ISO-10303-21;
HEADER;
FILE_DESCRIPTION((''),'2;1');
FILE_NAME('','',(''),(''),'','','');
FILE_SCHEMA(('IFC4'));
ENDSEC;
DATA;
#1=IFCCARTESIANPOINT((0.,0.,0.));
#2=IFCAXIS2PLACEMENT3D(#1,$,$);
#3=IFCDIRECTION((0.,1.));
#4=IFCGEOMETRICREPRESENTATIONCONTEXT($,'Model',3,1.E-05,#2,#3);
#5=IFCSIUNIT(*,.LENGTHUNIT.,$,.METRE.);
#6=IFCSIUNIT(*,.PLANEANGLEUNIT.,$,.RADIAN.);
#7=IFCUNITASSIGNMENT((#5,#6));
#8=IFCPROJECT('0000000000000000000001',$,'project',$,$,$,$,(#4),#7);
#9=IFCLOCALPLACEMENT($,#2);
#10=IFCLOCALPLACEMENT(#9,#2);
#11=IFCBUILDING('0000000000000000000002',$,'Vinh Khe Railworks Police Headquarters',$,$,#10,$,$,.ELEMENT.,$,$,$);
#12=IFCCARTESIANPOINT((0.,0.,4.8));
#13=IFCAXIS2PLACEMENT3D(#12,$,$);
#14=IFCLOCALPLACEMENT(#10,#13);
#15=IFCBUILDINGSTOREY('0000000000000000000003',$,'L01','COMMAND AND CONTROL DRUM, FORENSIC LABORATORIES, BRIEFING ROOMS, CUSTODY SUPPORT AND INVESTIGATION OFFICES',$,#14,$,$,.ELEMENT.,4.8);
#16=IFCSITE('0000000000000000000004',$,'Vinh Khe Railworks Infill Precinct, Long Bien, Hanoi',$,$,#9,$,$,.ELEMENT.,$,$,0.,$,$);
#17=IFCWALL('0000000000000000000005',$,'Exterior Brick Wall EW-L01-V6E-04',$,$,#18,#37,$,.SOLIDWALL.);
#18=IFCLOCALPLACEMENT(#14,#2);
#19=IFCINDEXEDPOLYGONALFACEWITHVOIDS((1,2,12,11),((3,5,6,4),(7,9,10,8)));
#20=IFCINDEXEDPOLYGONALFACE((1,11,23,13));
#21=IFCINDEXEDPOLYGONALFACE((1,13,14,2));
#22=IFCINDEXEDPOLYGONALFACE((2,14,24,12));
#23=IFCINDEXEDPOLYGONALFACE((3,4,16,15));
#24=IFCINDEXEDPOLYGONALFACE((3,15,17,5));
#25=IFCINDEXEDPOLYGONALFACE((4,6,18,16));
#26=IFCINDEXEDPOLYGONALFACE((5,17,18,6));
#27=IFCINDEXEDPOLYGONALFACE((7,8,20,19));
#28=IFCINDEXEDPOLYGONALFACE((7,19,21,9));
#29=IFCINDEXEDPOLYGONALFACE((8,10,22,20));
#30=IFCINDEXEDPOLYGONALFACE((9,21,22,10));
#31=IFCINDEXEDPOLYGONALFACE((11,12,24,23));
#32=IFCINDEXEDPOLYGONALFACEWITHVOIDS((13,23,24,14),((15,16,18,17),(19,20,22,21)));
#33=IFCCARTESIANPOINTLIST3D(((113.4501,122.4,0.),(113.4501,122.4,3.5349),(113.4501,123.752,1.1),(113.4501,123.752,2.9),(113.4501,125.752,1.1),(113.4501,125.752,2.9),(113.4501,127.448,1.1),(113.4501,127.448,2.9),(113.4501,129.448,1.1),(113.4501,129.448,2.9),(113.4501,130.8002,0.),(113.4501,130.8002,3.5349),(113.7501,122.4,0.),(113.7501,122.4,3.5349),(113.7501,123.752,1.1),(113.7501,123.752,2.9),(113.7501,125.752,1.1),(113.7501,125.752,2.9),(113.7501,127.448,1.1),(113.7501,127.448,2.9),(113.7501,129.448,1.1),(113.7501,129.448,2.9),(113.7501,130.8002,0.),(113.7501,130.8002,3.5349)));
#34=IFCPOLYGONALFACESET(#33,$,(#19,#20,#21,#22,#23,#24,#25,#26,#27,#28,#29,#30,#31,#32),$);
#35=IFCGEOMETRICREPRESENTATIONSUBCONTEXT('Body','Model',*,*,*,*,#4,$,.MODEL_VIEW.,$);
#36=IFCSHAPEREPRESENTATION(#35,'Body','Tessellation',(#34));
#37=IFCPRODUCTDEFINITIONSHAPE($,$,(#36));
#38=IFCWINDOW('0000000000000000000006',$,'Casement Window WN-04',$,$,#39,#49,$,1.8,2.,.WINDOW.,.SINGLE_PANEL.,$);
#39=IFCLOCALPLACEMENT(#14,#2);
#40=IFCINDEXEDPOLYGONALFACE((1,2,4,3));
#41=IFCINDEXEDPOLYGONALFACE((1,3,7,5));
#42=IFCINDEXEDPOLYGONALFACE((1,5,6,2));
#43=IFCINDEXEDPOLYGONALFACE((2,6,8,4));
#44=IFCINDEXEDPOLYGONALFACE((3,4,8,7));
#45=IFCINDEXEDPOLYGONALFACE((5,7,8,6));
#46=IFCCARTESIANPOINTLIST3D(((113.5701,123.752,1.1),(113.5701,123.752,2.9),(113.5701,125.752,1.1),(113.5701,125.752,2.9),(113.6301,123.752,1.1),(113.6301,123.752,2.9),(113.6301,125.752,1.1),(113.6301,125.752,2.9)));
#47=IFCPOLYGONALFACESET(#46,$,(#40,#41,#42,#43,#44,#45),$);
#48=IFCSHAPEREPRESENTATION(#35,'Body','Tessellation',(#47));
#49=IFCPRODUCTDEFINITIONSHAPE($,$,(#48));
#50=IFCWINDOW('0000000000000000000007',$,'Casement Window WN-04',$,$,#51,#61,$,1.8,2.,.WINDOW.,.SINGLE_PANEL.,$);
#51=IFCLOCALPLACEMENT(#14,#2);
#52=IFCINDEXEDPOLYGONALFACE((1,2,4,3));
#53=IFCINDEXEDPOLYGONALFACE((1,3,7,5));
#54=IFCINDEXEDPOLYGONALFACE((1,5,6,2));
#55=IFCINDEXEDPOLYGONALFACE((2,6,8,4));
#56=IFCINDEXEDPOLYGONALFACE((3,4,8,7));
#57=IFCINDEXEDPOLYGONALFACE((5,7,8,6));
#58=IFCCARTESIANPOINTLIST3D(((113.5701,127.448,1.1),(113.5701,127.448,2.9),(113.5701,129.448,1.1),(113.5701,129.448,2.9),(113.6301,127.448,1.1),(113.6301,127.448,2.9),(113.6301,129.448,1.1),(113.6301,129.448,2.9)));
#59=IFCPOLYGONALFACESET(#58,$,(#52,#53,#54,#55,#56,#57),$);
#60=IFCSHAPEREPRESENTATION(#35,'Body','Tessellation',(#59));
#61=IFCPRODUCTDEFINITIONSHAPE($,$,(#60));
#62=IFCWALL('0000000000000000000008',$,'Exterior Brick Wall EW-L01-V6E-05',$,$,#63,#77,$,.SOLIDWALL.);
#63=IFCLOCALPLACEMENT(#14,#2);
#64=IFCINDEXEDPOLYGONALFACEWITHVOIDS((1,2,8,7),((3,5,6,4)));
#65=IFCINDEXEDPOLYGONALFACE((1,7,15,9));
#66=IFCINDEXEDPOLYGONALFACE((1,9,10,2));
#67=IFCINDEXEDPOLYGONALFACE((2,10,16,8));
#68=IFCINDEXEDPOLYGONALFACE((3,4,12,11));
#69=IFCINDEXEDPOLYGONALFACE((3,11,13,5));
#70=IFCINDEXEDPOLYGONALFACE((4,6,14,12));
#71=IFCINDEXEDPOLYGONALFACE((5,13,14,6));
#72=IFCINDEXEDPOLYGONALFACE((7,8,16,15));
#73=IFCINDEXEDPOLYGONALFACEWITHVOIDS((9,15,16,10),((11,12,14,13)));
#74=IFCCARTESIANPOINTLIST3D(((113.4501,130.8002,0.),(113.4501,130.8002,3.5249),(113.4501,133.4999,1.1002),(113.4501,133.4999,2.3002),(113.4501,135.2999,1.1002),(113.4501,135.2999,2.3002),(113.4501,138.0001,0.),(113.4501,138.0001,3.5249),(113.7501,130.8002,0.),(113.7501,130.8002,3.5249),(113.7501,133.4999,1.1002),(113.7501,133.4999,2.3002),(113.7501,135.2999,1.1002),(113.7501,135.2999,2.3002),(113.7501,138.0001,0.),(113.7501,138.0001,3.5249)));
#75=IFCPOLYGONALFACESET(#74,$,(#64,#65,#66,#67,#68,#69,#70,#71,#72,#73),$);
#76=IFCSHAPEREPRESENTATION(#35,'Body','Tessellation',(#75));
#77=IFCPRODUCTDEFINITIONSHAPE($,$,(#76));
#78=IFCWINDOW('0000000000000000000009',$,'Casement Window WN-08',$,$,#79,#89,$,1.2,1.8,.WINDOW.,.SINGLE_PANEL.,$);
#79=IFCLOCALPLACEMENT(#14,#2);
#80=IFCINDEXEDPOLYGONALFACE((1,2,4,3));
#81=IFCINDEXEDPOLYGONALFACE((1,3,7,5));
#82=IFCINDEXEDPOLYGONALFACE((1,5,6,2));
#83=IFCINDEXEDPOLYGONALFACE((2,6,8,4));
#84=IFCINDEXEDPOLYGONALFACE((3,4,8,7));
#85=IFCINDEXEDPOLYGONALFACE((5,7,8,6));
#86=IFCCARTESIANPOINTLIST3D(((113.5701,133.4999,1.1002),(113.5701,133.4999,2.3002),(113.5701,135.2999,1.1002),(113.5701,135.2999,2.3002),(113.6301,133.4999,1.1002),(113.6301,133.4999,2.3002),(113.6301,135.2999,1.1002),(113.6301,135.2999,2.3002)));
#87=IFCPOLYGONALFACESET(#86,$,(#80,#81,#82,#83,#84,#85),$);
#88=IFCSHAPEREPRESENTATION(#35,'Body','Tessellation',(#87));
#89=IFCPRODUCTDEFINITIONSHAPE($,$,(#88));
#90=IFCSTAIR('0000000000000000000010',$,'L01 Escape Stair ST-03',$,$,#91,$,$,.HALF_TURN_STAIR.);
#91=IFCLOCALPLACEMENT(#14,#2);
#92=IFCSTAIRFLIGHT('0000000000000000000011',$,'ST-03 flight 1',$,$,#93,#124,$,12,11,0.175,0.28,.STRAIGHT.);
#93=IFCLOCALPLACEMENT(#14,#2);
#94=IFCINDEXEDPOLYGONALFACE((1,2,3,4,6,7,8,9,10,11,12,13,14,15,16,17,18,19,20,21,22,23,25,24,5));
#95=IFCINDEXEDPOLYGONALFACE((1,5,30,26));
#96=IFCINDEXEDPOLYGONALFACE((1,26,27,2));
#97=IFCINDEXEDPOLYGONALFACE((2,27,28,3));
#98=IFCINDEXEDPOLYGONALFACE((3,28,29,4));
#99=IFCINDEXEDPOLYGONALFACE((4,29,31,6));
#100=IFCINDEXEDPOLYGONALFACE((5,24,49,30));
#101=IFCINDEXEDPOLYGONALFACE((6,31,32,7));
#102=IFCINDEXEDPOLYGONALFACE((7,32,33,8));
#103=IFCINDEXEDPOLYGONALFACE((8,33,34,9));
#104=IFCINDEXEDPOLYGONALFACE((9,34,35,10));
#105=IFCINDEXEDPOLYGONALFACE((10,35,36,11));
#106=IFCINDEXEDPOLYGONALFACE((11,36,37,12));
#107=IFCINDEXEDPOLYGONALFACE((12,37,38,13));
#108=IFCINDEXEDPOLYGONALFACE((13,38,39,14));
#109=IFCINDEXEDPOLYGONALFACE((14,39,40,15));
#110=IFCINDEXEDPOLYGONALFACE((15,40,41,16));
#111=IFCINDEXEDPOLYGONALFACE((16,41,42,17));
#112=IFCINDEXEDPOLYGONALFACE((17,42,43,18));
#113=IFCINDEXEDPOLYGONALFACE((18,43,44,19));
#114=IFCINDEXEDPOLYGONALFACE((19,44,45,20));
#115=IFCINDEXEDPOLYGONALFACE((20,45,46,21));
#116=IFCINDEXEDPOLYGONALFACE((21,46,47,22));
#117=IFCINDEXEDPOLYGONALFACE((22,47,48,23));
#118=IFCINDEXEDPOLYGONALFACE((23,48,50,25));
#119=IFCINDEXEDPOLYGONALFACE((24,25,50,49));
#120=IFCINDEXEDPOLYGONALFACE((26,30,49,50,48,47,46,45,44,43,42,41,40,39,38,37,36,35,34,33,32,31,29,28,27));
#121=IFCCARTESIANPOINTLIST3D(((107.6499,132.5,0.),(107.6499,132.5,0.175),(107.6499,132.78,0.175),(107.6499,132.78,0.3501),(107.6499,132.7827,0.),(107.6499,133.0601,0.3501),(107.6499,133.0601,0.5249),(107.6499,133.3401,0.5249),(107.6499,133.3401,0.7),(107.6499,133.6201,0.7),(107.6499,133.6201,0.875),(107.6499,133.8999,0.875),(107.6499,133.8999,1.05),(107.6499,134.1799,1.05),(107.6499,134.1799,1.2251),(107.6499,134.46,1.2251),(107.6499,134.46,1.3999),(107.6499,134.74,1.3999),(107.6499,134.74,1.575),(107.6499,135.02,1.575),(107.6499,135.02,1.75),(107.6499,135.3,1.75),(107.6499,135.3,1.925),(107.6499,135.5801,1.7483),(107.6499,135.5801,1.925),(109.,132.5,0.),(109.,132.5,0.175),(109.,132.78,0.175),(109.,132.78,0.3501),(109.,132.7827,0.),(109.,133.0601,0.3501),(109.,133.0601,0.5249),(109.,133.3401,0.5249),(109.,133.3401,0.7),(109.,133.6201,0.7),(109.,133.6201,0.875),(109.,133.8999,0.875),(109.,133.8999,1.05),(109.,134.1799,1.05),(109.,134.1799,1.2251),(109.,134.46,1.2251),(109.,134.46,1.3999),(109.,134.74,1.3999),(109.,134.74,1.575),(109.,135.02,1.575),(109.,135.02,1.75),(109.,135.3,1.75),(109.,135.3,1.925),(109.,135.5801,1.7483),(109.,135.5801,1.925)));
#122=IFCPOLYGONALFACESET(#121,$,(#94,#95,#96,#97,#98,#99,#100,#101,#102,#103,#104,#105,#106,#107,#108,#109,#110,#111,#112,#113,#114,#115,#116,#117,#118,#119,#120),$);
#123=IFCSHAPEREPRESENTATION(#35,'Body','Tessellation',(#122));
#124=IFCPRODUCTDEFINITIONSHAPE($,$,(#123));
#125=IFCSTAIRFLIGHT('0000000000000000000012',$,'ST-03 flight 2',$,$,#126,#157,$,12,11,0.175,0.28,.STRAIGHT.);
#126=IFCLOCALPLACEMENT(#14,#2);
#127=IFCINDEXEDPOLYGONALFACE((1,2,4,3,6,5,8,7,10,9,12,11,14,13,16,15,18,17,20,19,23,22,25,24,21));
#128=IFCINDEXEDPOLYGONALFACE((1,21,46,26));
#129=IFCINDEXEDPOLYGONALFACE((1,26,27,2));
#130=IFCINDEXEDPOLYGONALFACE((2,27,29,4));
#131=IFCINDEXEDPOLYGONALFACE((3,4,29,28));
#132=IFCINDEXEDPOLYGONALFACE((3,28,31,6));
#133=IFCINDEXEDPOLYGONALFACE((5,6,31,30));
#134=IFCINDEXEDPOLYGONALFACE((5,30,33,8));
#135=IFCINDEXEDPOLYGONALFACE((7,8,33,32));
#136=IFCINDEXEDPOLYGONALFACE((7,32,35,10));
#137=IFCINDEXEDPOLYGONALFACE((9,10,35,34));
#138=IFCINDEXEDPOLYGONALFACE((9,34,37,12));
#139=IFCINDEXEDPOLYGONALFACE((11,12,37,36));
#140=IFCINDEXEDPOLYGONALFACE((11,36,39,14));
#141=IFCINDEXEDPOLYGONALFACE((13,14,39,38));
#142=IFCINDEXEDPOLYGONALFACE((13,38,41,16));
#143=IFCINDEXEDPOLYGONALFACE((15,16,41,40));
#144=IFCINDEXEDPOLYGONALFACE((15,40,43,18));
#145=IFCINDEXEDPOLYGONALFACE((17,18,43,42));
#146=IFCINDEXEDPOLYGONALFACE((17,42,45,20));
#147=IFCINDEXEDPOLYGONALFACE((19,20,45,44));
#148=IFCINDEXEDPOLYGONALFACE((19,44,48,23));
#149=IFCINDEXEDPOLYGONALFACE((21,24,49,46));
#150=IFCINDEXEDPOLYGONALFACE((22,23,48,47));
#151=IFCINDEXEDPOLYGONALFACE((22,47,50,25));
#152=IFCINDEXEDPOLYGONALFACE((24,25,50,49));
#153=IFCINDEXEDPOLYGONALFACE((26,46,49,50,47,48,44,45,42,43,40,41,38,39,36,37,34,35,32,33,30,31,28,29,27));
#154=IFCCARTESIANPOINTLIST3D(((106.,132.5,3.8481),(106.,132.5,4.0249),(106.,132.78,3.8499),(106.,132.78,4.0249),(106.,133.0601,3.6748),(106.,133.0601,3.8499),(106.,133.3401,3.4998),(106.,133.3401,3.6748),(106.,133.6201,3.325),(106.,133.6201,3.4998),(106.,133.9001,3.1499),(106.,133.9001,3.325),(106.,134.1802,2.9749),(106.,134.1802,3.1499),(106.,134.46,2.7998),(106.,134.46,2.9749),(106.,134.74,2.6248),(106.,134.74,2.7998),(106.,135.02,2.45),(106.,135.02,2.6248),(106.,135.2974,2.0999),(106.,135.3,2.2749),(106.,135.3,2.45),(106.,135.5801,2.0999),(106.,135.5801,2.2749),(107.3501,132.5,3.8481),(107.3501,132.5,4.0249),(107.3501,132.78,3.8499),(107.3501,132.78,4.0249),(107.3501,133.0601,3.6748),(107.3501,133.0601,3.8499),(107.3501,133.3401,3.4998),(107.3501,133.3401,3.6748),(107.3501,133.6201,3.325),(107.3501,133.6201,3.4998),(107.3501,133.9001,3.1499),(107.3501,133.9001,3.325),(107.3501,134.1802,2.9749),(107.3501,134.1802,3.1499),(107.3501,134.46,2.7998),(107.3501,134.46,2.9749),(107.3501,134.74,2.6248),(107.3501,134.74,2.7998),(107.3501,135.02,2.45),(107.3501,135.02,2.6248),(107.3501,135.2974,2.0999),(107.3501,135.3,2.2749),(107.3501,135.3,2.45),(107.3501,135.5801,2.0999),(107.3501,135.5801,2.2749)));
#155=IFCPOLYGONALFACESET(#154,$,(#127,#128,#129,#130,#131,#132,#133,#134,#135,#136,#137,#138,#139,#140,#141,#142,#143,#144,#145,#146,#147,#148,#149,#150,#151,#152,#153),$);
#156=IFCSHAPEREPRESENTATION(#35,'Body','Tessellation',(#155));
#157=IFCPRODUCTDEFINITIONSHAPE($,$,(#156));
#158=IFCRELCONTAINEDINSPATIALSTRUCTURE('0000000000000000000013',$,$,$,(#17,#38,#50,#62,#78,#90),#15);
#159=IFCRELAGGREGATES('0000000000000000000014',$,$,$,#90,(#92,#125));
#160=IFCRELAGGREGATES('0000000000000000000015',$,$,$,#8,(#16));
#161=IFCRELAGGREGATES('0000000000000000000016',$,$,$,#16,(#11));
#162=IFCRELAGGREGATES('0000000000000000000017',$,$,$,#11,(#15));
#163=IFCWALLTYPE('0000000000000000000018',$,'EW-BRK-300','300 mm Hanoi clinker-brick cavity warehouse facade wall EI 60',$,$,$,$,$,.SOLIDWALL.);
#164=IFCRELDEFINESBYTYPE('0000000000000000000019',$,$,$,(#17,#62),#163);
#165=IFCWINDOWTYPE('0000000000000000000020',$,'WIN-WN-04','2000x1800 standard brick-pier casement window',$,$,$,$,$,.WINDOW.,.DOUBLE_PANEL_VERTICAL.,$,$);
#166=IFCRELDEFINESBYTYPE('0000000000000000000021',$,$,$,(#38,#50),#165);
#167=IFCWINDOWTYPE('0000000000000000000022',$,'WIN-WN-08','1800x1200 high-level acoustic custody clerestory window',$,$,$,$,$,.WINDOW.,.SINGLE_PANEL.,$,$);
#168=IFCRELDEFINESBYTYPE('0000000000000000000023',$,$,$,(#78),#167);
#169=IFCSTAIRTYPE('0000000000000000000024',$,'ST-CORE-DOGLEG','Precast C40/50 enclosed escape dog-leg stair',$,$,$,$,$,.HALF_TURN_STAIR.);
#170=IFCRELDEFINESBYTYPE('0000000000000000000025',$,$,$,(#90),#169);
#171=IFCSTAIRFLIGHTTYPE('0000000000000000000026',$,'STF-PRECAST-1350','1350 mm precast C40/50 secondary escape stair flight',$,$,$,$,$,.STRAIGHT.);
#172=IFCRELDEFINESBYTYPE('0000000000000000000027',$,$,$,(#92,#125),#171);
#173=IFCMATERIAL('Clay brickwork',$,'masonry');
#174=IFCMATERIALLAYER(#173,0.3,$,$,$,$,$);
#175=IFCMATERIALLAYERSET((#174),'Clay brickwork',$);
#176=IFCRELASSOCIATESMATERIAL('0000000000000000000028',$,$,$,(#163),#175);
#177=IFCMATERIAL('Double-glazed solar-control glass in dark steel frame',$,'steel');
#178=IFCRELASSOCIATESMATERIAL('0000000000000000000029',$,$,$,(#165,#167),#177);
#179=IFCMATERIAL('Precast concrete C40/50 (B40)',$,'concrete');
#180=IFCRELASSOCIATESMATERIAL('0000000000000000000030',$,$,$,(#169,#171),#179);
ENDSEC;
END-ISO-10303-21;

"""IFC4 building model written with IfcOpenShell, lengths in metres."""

from ifc_helpers import new_model, si_unit, direction, frame, frame_2d, origin, place, context, subcontext, project, spatial, polyline, rectangle, outline, extrude, material, layer, layer_set, type_object, element, fill, aggregate, save


model = new_model("IFC4")

# Units and contexts
model_context = context("Model", 3, precision=1e-05, world=origin(), true_north=direction((0.0, 1.0)))
body_context = subcontext(model_context, "Body", "Model", "MODEL_VIEW")
ifc_project = project(units=[si_unit("LENGTHUNIT", "METRE"), si_unit("PLANEANGLEUNIT", "RADIAN")], contexts=[model_context])

# Site, building, storey
site_placement = place(None, origin())
site = spatial("IfcSite", under=ifc_project, at=site_placement, Name="Vinh Khe Railworks Infill Precinct, Long Bien, Hanoi", CompositionType="ELEMENT", RefElevation=0.0)
building_placement = place(site_placement, origin())
building = spatial("IfcBuilding", under=site, at=building_placement, Name="Vinh Khe Railworks Police Headquarters", CompositionType="ELEMENT")
storey_placement = place(building_placement, frame((0.0, 0.0, 4.8)))
storey = spatial("IfcBuildingStorey", under=building, at=storey_placement, Name="L01", Description="COMMAND AND CONTROL DRUM, FORENSIC LABORATORIES, BRIEFING ROOMS, CUSTODY SUPPORT AND INVESTIGATION OFFICES", CompositionType="ELEMENT", Elevation=4.8)

# Wall, openings, windows
ifc_material_1 = material(Name="Clay brickwork", Category="masonry")
ifc_layer_1 = layer(ifc_material_1, 0.3)
ifc_layer_set_1 = layer_set([ifc_layer_1], Name="Clay brickwork")
wall_type_1 = type_object("IfcWallType", Name="EW-BRK-300", Description="300 mm Hanoi clinker-brick cavity warehouse facade wall EI 60", PredefinedType="SOLIDWALL", material=ifc_layer_set_1)
wall_1_placement = place(storey_placement, frame((113.6001, 122.3999, 0.0), z_axis=(0.0, 0.0, 1.0), x_axis=(0.0, 1.0, 0.0)))
wall_1 = element("IfcWall", 1, at=wall_1_placement, inside=storey, type_object=wall_type_1, Name="Exterior Brick Wall EW-L01-V6E-04", PredefinedType="SOLIDWALL", context=body_context, shape_type="SweptSolid", body=[
    extrude(rectangle(XDim=8.4001, YDim=0.3, at=frame_2d((4.2002, 0.0))), origin(), (0.0, 0.0, 1.0), 3.5349),
])
opening_1_placement = place(wall_1_placement, frame((1.3521, 0.0, 1.1001)))
opening_1 = element("IfcOpeningElement", 2, at=opening_1_placement, cuts=wall_1, PredefinedType="OPENING", context=body_context, shape_type="SweptSolid", body=[
    extrude(rectangle(XDim=2.0, YDim=1.8, at=frame_2d((1.0, 0.8999))), frame((0.0, 0.165, 0.0), z_axis=(0.0, -1.0, 0.0), x_axis=(1.0, 0.0, 0.0)), (0.0, 0.0, 1.0), 0.3298),
])
opening_2_placement = place(wall_1_placement, frame((5.0481, 0.0, 1.1001)))
opening_2 = element("IfcOpeningElement", 3, at=opening_2_placement, cuts=wall_1, PredefinedType="OPENING", context=body_context, shape_type="SweptSolid", body=[
    extrude(rectangle(XDim=2.0, YDim=1.8, at=frame_2d((1.0, 0.8999))), frame((0.0, 0.165, 0.0), z_axis=(0.0, -1.0, 0.0), x_axis=(1.0, 0.0, 0.0)), (0.0, 0.0, 1.0), 0.3298),
])
ifc_material_2 = material(Name="Double-glazed solar-control glass in dark steel frame", Category="steel")
window_type_1 = type_object("IfcWindowType", Name="WIN-WN-04", Description="2000x1800 standard brick-pier casement window", PartitioningType="DOUBLE_PANEL_VERTICAL", PredefinedType="WINDOW", material=ifc_material_2)
window_1_placement = place(opening_1_placement, origin())
window_1 = element("IfcWindow", 4, at=window_1_placement, inside=storey, type_object=window_type_1, Name="Casement Window WN-04", OverallHeight=1.8, OverallWidth=2.0, PartitioningType="SINGLE_PANEL", PredefinedType="WINDOW", context=body_context, shape_type="SweptSolid", body=[
    extrude(rectangle(XDim=2.0, YDim=1.8, at=frame_2d((1.0, 0.8999))), frame((0.0, 0.03, 0.0), z_axis=(0.0, -1.0, 0.0), x_axis=(1.0, 0.0, 0.0)), (0.0, 0.0, 1.0), 0.0601),
])
fill(opening_1, window_1)
window_2_placement = place(opening_2_placement, origin())
window_2 = element("IfcWindow", 5, at=window_2_placement, inside=storey, type_object=window_type_1, Name="Casement Window WN-04", OverallHeight=1.8, OverallWidth=2.0, PartitioningType="SINGLE_PANEL", PredefinedType="WINDOW", context=body_context, shape_type="SweptSolid", body=[
    extrude(rectangle(XDim=2.0, YDim=1.8, at=frame_2d((1.0, 0.8999))), frame((0.0, 0.03, 0.0), z_axis=(0.0, -1.0, 0.0), x_axis=(1.0, 0.0, 0.0)), (0.0, 0.0, 1.0), 0.0601),
])
fill(opening_2, window_2)

# Wall, opening, window
wall_2_placement = place(storey_placement, frame((113.6001, 130.8, 0.0), z_axis=(0.0, 0.0, 1.0), x_axis=(0.0, 1.0, 0.0)))
wall_2 = element("IfcWall", 6, at=wall_2_placement, inside=storey, type_object=wall_type_1, Name="Exterior Brick Wall EW-L01-V6E-05", PredefinedType="SOLIDWALL", context=body_context, shape_type="SweptSolid", body=[
    extrude(rectangle(XDim=7.2, YDim=0.3, at=frame_2d((3.6001, 0.0))), origin(), (0.0, 0.0, 1.0), 3.5249),
])
opening_3_placement = place(wall_2_placement, frame((2.7, 0.0, 1.1001)))
opening_3 = element("IfcOpeningElement", 7, at=opening_3_placement, cuts=wall_2, PredefinedType="OPENING", context=body_context, shape_type="SweptSolid", body=[
    extrude(rectangle(XDim=1.8, YDim=1.2, at=frame_2d((0.8999, 0.6001))), frame((0.0, 0.165, 0.0), z_axis=(0.0, -1.0, 0.0), x_axis=(1.0, 0.0, 0.0)), (0.0, 0.0, 1.0), 0.3298),
])
window_type_2 = type_object("IfcWindowType", Name="WIN-WN-08", Description="1800x1200 high-level acoustic custody clerestory window", PartitioningType="SINGLE_PANEL", PredefinedType="WINDOW", material=ifc_material_2)
window_3_placement = place(opening_3_placement, origin())
window_3 = element("IfcWindow", 8, at=window_3_placement, inside=storey, type_object=window_type_2, Name="Casement Window WN-08", OverallHeight=1.2, OverallWidth=1.8, PartitioningType="SINGLE_PANEL", PredefinedType="WINDOW", context=body_context, shape_type="SweptSolid", body=[
    extrude(rectangle(XDim=1.8, YDim=1.2, at=frame_2d((0.8999, 0.6001))), frame((0.0, 0.03, 0.0), z_axis=(0.0, -1.0, 0.0), x_axis=(1.0, 0.0, 0.0)), (0.0, 0.0, 1.0), 0.0601),
])
fill(opening_3, window_3)

# Stair, stair flights
ifc_material_3 = material(Name="Precast concrete C40/50 (B40)", Category="concrete")
stair_type = type_object("IfcStairType", Name="ST-CORE-DOGLEG", Description="Precast C40/50 enclosed escape dog-leg stair", PredefinedType="HALF_TURN_STAIR", material=ifc_material_3)
stair_placement = place(storey_placement, origin())
stair = element("IfcStair", 9, at=stair_placement, inside=storey, type_object=stair_type, Name="L01 Escape Stair ST-03", PredefinedType="HALF_TURN_STAIR")
stair_flight_type = type_object("IfcStairFlightType", Name="STF-PRECAST-1350", Description="1350 mm precast C40/50 secondary escape stair flight", PredefinedType="STRAIGHT", material=ifc_material_3)
stair_flight_1_placement = place(storey_placement, frame((108.325, 132.5, 0.0), z_axis=(0.0, 0.0, 1.0), x_axis=(0.0, 1.0, 0.0)))
stair_flight_1 = element("IfcStairFlight", 10, at=stair_flight_1_placement, type_object=stair_flight_type, Name="ST-03 flight 1", NumberOfRisers=12, NumberOfTreads=11, PredefinedType="STRAIGHT", RiserHeight=0.175, TreadLength=0.28, context=body_context, shape_type="SweptSolid", body=[
    extrude(outline(polyline([(0.0, 0.0), (0.0, 0.175), (0.28, 0.175), (0.28, 0.3501), (0.5601, 0.3501), (0.5601, 0.5249), (0.8401, 0.5249), (0.8401, 0.7), (1.1201, 0.7), (1.1201, 0.875), (1.3999, 0.875), (1.3999, 1.05), (1.6799, 1.05), (1.6799, 1.2251), (1.96, 1.2251), (1.96, 1.3999), (2.24, 1.3999), (2.24, 1.575), (2.52, 1.575), (2.52, 1.75), (2.8, 1.75), (2.8, 1.925), (3.0801, 1.925), (3.0801, 2.1001), (3.0801, 1.7483), (0.2827, 0.0), (0.0, 0.0)])), frame((0.0, 0.675, 0.0), z_axis=(0.0, -1.0, 0.0), x_axis=(1.0, 0.0, 0.0)), (0.0, 0.0, 1.0), 1.3501),
])
stair_flight_2_placement = place(storey_placement, frame((106.675, 135.5801, 2.0999), z_axis=(0.0, 0.0, 1.0), x_axis=(0.0, -1.0, 0.0)))
stair_flight_2 = element("IfcStairFlight", 11, at=stair_flight_2_placement, type_object=stair_flight_type, Name="ST-03 flight 2", NumberOfRisers=12, NumberOfTreads=11, PredefinedType="STRAIGHT", RiserHeight=0.175, TreadLength=0.28, context=body_context, shape_type="SweptSolid", body=[
    extrude(outline(polyline([(0.0, 0.0), (0.0, 0.175), (0.28, 0.175), (0.28, 0.3501), (0.5601, 0.3501), (0.5601, 0.5249), (0.8401, 0.5249), (0.8401, 0.7), (1.1201, 0.7), (1.1201, 0.875), (1.3999, 0.875), (1.3999, 1.05), (1.6799, 1.05), (1.6799, 1.2251), (1.96, 1.2251), (1.96, 1.3999), (2.24, 1.3999), (2.24, 1.575), (2.52, 1.575), (2.52, 1.75), (2.8, 1.75), (2.8, 1.925), (3.0801, 1.925), (3.0801, 2.1001), (3.0801, 1.7483), (0.2827, 0.0), (0.0, 0.0)])), frame((0.0, 0.675, 0.0), z_axis=(0.0, -1.0, 0.0), x_axis=(1.0, 0.0, 0.0)), (0.0, 0.0, 1.0), 1.3501),
])
aggregate(stair, [stair_flight_1, stair_flight_2])

save(model, "model.ifc")
